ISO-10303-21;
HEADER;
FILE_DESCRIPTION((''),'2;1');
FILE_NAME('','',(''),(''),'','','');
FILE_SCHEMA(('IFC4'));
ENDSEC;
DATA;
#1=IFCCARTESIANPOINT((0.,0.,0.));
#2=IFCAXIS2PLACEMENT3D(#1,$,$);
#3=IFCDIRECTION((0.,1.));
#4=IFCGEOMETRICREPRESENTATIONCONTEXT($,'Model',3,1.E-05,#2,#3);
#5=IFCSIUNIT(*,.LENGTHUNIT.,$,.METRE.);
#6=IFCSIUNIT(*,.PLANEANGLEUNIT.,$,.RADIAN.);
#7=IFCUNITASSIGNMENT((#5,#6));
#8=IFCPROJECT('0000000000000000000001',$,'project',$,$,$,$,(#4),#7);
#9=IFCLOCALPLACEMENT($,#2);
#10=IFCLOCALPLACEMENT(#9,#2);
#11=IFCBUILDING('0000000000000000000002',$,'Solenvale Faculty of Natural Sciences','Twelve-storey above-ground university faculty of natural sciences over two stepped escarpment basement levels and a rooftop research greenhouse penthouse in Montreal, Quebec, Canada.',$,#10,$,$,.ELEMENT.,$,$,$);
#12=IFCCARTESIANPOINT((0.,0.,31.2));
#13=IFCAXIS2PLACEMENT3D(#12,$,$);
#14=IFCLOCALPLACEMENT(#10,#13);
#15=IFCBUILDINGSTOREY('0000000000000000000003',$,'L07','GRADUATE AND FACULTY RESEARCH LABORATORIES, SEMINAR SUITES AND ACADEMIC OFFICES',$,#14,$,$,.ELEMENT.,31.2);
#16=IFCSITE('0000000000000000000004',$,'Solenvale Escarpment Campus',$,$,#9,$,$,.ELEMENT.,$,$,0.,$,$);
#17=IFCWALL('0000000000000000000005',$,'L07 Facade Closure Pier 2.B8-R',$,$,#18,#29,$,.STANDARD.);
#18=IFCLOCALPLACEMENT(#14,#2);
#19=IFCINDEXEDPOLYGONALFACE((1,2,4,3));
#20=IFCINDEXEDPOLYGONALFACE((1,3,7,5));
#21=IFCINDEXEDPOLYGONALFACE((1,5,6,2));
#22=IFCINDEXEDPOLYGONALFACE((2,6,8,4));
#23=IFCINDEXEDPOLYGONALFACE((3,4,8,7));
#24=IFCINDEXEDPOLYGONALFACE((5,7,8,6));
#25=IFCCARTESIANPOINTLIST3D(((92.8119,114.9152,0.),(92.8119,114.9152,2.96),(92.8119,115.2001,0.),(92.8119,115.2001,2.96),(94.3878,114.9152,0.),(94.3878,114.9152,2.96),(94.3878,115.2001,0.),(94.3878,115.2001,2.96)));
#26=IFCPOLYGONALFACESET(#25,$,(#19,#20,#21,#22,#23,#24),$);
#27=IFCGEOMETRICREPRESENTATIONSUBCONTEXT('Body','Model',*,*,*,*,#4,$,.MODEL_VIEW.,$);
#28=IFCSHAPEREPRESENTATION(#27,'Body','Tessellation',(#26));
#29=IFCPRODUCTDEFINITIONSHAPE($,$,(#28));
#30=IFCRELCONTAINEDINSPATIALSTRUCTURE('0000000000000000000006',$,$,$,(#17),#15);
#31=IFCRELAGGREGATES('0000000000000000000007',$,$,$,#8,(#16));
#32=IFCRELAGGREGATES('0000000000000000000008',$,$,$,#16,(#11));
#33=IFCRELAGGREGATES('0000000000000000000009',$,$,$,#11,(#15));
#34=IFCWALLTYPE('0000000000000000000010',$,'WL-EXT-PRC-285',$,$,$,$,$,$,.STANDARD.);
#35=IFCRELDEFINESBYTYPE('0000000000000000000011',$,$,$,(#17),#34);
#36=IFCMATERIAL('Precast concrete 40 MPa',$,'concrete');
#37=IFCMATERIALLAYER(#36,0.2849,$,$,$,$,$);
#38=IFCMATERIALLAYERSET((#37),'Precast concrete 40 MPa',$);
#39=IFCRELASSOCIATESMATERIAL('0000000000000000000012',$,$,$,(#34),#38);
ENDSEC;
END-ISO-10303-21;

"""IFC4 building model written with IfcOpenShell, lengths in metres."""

from ifc_helpers import new_model, si_unit, direction, frame, frame_2d, origin, place, context, subcontext, project, spatial, rectangle, extrude, material, layer, layer_set, type_object, element, save


model = new_model("IFC4")

# Units and contexts
model_context = context("Model", 3, precision=1e-05, world=origin(), true_north=direction((0.0, 1.0)))
body_context = subcontext(model_context, "Body", "Model", "MODEL_VIEW")
ifc_project = project(units=[si_unit("LENGTHUNIT", "METRE"), si_unit("PLANEANGLEUNIT", "RADIAN")], contexts=[model_context])

# Site, building, storey
site_placement = place(None, origin())
site = spatial("IfcSite", under=ifc_project, at=site_placement, Name="Solenvale Escarpment Campus", CompositionType="ELEMENT", RefElevation=0.0)
building_placement = place(site_placement, origin())
building = spatial("IfcBuilding", under=site, at=building_placement, Name="Solenvale Faculty of Natural Sciences", Description="Twelve-storey above-ground university faculty of natural sciences over two stepped escarpment basement levels and a rooftop research greenhouse penthouse in Montreal, Quebec, Canada.", CompositionType="ELEMENT")
storey_placement = place(building_placement, frame((0.0, 0.0, 31.2)))
storey = spatial("IfcBuildingStorey", under=building, at=storey_placement, Name="L07", Description="GRADUATE AND FACULTY RESEARCH LABORATORIES, SEMINAR SUITES AND ACADEMIC OFFICES", CompositionType="ELEMENT", Elevation=31.2)

# Shared definitions
ifc_material_1 = material(Name="Precast concrete 40 MPa", Category="concrete")

# Wall
ifc_layer_1 = layer(ifc_material_1, 0.2849)
ifc_layer_set_1 = layer_set([ifc_layer_1], Name="Precast concrete 40 MPa")
wall_type = type_object("IfcWallType", Name="WL-EXT-PRC-285", PredefinedType="STANDARD", material=ifc_layer_set_1)
wall_placement = place(storey_placement, frame((94.3879, 115.0576, 0.0), z_axis=(0.0, 0.0, 1.0), x_axis=(-1.0, 0.0, 0.0)))
element("IfcWall", 1, at=wall_placement, inside=storey, type_object=wall_type, Name="L07 Facade Closure Pier 2.B8-R", PredefinedType="STANDARD", context=body_context, shape_type="SweptSolid", body=[
    extrude(rectangle(XDim=1.5759, YDim=0.2849, at=frame_2d((0.7881, 0.0))), origin(), (0.0, 0.0, 1.0), 2.96),
])

save(model, "model.ifc")
